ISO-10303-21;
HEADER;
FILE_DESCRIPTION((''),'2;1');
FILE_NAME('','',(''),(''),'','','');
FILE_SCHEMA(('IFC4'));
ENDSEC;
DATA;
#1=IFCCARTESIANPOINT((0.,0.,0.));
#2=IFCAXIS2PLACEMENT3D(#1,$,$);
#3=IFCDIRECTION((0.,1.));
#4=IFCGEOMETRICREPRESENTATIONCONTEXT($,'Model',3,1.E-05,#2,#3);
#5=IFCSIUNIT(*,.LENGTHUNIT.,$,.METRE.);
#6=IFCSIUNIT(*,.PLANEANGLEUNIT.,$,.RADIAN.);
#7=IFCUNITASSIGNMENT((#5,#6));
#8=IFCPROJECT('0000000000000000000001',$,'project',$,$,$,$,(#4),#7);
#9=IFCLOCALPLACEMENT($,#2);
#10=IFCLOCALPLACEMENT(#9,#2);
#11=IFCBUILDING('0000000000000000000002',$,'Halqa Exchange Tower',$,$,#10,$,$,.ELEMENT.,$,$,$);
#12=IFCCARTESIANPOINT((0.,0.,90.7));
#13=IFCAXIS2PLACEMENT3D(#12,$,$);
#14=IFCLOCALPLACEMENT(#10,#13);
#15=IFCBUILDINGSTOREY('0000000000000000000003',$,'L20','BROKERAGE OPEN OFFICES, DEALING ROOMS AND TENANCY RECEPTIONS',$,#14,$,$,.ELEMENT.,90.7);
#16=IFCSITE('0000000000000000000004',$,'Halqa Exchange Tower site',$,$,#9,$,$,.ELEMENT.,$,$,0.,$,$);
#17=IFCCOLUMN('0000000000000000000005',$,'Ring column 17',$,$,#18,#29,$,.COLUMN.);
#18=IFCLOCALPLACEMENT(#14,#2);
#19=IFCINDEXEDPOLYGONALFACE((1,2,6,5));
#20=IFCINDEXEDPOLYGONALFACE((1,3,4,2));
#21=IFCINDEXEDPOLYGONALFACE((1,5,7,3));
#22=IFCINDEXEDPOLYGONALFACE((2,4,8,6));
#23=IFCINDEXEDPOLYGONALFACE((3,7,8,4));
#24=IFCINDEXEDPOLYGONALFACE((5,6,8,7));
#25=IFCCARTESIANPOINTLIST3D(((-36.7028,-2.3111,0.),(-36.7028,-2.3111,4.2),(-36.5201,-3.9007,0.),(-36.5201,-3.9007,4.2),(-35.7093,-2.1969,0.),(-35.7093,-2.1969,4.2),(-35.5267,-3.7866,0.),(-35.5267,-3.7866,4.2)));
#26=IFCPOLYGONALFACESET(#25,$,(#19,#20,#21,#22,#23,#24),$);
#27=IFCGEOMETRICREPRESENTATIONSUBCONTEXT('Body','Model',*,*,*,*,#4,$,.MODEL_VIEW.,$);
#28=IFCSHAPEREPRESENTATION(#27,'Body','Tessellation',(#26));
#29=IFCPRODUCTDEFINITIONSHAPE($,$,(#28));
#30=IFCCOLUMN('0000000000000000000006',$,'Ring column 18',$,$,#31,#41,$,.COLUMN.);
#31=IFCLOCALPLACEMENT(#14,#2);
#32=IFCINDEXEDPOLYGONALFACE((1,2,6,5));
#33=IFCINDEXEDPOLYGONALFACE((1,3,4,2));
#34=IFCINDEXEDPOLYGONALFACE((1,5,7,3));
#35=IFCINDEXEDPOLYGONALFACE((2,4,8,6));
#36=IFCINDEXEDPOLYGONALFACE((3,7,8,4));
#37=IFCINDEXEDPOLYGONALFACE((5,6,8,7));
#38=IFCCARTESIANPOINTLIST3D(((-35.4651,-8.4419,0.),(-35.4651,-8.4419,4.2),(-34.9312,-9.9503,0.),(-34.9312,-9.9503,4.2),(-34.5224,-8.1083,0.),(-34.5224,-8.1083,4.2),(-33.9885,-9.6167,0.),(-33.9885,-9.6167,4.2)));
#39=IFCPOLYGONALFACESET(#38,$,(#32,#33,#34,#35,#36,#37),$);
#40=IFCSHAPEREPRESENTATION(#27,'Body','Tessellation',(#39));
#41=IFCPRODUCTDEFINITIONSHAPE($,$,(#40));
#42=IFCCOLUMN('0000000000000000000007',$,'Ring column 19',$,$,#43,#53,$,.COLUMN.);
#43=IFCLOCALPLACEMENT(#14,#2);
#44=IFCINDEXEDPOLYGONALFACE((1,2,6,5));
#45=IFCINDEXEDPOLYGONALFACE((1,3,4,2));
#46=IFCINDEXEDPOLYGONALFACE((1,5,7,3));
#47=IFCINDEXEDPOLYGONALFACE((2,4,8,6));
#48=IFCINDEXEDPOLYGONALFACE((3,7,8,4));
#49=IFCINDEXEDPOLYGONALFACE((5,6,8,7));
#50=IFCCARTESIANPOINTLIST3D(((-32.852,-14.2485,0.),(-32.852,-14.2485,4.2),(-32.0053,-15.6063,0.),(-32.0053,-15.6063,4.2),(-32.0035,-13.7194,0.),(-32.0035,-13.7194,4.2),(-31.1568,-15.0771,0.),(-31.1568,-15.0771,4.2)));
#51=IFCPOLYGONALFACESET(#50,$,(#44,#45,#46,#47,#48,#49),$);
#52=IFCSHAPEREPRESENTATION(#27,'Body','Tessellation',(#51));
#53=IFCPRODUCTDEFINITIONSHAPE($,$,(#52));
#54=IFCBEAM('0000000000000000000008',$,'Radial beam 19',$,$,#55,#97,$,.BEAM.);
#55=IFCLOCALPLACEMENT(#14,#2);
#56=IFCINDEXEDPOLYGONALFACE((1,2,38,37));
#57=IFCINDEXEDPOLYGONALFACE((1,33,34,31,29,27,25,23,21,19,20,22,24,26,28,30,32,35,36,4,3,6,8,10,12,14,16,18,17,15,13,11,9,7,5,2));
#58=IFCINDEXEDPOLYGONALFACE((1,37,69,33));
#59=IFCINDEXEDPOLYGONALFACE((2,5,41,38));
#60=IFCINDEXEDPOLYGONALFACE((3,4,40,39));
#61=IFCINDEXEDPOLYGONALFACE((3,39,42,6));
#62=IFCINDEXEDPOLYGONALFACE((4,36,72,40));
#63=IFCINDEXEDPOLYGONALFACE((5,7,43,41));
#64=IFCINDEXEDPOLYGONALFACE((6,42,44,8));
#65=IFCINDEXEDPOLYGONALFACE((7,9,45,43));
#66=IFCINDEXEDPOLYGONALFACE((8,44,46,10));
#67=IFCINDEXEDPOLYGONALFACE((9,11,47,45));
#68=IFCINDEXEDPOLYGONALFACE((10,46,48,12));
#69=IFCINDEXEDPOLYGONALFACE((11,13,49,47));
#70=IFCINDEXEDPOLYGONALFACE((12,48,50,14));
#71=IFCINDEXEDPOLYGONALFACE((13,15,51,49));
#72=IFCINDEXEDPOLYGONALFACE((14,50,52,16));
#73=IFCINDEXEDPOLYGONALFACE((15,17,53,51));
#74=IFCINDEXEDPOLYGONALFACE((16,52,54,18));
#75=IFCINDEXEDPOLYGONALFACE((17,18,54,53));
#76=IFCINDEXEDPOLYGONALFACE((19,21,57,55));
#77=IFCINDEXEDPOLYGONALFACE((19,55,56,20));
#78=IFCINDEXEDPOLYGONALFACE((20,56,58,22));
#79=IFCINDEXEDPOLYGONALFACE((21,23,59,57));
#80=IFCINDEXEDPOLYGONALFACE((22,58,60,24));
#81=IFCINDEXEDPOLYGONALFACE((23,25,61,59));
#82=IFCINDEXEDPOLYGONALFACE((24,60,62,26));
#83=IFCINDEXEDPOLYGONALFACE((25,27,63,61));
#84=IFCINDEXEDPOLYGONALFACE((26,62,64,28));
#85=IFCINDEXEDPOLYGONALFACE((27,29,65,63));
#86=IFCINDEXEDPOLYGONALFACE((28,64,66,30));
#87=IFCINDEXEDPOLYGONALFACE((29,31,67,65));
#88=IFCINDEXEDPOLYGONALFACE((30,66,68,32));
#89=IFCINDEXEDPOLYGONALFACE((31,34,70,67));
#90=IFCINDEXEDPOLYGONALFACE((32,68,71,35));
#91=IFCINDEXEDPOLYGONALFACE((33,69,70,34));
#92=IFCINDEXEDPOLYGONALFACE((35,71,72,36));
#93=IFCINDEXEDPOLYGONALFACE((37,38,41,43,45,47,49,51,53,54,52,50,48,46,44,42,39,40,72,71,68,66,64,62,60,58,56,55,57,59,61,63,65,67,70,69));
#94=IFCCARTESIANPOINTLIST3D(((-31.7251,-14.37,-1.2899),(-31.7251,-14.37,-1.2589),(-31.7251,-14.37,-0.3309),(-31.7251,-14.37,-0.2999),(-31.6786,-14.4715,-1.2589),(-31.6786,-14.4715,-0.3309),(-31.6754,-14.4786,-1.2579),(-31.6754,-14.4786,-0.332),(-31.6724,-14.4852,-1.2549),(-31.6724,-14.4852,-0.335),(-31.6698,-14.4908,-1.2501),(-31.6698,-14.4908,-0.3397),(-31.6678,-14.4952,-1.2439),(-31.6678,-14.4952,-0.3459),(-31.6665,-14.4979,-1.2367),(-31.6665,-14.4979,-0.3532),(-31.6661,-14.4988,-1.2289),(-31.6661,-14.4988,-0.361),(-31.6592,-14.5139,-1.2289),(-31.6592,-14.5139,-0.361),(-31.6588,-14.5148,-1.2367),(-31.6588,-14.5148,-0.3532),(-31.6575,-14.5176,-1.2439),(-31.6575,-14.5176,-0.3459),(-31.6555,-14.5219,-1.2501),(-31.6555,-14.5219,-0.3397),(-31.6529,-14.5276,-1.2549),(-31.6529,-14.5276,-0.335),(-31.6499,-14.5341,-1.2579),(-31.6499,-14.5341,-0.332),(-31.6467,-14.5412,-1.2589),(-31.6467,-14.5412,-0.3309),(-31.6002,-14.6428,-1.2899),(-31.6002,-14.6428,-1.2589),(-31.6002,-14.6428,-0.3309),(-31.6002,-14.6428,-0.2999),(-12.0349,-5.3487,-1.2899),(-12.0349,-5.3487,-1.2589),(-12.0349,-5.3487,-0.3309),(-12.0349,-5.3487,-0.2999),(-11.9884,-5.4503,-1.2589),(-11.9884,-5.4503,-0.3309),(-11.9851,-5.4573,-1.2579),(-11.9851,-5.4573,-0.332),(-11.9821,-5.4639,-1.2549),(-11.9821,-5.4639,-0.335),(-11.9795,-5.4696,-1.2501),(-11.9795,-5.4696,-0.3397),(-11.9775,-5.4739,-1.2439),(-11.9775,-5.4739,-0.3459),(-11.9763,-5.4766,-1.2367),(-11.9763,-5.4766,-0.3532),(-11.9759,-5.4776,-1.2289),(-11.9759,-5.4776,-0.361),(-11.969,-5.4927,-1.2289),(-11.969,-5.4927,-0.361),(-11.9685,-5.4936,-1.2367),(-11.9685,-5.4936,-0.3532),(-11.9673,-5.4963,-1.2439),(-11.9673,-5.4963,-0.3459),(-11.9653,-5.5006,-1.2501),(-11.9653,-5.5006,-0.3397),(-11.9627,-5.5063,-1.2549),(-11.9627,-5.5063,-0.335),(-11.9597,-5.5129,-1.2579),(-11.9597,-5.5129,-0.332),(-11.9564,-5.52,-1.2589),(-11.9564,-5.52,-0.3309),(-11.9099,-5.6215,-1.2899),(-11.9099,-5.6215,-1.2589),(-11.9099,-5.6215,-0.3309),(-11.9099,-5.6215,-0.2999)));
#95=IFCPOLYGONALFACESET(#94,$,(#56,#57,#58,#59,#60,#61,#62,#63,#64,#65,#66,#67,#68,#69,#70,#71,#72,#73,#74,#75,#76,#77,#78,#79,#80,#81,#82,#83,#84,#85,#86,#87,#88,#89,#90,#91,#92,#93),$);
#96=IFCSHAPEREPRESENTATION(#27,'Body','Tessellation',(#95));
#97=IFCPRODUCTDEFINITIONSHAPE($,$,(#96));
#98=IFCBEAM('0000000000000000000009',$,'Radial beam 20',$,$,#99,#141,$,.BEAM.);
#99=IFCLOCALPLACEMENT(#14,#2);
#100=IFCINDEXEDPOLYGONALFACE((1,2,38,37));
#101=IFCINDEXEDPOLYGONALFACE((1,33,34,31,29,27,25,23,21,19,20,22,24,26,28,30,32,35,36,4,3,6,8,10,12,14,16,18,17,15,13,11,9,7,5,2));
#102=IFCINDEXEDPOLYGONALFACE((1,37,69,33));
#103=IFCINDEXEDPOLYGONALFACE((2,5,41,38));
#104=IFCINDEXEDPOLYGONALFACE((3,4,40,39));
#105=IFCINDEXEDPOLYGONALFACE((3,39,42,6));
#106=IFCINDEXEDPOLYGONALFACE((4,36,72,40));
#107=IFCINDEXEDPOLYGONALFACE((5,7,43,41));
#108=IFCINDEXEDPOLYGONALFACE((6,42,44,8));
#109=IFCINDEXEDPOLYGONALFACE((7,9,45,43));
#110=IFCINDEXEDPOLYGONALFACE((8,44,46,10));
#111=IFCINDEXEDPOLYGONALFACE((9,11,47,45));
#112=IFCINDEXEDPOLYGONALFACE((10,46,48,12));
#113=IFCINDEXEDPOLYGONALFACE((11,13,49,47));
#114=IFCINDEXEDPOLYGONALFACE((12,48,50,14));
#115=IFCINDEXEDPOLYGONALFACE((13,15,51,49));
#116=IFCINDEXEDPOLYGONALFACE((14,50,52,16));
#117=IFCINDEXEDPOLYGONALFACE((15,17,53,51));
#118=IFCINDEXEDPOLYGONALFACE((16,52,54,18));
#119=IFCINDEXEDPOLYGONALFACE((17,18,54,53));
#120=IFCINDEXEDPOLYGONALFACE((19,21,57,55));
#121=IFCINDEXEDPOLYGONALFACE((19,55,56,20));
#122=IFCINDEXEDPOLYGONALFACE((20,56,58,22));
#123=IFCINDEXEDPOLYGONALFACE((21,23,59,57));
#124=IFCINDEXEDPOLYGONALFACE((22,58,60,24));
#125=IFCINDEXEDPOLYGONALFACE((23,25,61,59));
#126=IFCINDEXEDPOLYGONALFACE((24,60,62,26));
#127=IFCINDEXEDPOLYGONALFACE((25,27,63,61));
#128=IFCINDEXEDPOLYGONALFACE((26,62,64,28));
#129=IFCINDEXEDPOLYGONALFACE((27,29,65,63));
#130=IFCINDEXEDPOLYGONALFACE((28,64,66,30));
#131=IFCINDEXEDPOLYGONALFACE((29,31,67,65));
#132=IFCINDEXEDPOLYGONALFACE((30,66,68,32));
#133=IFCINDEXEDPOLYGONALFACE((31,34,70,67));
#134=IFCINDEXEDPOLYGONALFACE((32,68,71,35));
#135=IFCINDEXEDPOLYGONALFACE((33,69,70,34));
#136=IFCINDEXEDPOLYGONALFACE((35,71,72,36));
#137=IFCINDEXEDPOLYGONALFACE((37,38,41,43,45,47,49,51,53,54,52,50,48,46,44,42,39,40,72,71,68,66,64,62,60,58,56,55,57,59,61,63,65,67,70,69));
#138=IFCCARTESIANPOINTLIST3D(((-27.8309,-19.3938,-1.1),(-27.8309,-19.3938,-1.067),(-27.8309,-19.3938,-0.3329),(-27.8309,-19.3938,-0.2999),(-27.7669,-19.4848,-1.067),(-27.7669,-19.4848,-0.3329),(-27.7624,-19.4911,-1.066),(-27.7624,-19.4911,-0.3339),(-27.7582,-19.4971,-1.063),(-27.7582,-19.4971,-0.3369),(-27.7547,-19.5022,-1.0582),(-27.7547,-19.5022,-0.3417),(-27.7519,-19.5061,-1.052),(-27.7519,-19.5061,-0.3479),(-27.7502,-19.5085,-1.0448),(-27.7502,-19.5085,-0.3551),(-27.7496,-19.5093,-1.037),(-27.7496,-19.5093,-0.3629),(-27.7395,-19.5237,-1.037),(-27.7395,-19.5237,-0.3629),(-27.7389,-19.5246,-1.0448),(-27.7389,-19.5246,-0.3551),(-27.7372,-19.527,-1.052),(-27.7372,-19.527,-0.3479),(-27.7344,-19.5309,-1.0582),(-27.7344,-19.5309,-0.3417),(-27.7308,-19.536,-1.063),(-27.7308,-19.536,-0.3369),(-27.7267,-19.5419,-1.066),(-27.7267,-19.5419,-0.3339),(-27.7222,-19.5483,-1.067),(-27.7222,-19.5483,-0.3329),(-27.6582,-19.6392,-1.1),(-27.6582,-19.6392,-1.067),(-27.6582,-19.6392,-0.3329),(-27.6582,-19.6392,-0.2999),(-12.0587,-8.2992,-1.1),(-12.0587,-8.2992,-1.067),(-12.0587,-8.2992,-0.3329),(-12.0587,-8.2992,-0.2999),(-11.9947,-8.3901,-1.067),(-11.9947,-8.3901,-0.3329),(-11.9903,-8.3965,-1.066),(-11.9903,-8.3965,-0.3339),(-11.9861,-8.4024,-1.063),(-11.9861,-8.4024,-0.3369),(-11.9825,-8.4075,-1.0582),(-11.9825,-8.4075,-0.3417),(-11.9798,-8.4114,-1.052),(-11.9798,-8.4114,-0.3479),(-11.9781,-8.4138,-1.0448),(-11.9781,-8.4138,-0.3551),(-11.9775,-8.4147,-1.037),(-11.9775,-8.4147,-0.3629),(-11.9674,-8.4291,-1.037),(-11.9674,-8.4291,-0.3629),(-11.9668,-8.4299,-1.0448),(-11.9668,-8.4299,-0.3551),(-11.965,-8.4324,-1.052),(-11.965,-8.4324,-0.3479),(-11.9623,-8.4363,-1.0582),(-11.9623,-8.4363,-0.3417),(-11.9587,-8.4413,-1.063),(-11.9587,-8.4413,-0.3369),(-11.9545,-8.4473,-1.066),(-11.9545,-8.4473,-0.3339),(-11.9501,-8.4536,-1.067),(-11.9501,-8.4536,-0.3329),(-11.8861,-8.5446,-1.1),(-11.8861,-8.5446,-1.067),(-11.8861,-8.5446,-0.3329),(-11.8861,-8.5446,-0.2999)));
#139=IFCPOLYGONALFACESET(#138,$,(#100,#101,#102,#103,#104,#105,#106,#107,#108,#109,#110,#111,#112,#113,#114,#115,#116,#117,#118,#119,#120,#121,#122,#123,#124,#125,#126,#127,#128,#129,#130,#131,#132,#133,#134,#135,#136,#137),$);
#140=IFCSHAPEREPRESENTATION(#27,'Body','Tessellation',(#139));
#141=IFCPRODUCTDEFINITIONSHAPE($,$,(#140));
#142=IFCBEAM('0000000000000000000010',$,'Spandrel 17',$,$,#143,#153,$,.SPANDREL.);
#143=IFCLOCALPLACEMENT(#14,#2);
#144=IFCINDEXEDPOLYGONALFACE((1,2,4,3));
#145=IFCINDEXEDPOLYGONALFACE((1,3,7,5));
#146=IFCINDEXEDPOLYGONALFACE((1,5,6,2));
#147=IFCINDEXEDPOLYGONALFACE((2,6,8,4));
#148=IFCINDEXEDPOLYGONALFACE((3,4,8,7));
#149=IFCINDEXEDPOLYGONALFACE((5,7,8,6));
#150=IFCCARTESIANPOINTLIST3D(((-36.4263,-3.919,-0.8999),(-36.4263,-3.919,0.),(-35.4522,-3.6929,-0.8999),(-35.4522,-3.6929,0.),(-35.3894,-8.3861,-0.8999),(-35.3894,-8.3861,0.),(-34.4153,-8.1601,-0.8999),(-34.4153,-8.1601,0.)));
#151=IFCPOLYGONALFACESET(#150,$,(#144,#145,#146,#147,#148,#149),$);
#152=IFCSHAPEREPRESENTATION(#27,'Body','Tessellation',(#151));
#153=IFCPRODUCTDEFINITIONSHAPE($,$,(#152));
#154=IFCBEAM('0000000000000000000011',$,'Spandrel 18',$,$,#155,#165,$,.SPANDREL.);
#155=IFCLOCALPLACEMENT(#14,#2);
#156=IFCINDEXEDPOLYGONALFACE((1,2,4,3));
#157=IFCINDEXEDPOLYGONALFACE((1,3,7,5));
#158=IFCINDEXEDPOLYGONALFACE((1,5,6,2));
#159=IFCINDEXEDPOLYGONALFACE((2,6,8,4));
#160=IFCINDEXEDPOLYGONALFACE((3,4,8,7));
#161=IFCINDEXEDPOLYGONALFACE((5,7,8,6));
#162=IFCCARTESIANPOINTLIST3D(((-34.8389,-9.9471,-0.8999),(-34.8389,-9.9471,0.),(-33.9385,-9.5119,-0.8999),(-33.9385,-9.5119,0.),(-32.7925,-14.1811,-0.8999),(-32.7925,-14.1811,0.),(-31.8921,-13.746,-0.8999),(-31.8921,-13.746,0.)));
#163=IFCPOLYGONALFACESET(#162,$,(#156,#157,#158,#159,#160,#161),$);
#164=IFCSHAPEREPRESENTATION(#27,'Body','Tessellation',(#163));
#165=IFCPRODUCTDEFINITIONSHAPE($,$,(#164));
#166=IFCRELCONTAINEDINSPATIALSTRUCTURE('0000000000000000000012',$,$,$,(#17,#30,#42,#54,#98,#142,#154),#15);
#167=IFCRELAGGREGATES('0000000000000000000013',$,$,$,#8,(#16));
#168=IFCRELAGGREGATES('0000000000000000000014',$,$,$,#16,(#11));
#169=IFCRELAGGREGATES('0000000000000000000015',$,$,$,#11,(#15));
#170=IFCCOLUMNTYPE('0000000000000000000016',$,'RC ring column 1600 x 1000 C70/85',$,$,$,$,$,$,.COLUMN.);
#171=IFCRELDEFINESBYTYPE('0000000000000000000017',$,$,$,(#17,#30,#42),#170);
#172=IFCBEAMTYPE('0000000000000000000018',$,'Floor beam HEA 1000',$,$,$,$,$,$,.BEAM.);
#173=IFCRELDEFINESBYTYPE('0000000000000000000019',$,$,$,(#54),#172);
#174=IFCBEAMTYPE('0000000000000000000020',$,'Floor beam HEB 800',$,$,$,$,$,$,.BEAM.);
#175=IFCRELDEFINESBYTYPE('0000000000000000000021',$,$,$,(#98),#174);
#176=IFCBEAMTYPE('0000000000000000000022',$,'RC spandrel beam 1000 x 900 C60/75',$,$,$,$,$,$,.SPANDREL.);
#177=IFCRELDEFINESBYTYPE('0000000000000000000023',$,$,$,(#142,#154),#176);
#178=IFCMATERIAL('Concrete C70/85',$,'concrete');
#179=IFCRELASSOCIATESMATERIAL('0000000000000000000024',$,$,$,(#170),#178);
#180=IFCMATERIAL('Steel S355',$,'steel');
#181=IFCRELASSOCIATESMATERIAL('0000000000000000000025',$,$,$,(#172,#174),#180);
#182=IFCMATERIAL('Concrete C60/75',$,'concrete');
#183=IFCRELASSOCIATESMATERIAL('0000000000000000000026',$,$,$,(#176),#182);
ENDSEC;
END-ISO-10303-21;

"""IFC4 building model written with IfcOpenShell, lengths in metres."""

from ifc_helpers import new_model, si_unit, direction, frame, origin, origin_2d, place, context, subcontext, project, spatial, rectangle, i_section, extrude, material, material_profile, profile_set, type_object, element, save


model = new_model("IFC4")

# Units and contexts
model_context = context("Model", 3, precision=1e-05, world=origin(), true_north=direction((0.0, 1.0)))
body_context = subcontext(model_context, "Body", "Model", "MODEL_VIEW")
ifc_project = project(units=[si_unit("LENGTHUNIT", "METRE"), si_unit("PLANEANGLEUNIT", "RADIAN")], contexts=[model_context])

# Site, building, storey
site_placement = place(None, origin())
site = spatial("IfcSite", under=ifc_project, at=site_placement, Name="Halqa Exchange Tower site", CompositionType="ELEMENT", RefElevation=0.0)
building_placement = place(site_placement, origin())
building = spatial("IfcBuilding", under=site, at=building_placement, Name="Halqa Exchange Tower", CompositionType="ELEMENT")
storey_placement = place(building_placement, frame((0.0, 0.0, 90.7)))
storey = spatial("IfcBuildingStorey", under=building, at=storey_placement, Name="L20", Description="BROKERAGE OPEN OFFICES, DEALING ROOMS AND TENANCY RECEPTIONS", CompositionType="ELEMENT", Elevation=90.7)

# Columns
ifc_material_1 = material(Name="Concrete C70/85", Category="concrete")
ifc_material_profile_1 = material_profile(ifc_material_1, rectangle(XDim=1.6001, YDim=1.0, at=origin_2d()), Name="1600 x 1000")
ifc_profile_set_1 = profile_set([ifc_material_profile_1], Name="Concrete C70/85")
column_type = type_object("IfcColumnType", Name="RC ring column 1600 x 1000 C70/85", PredefinedType="COLUMN", material=ifc_profile_set_1)
for number, where, z_axis, x_axis, name in (
    (1, (-36.1147, -3.0488, 0.0), (0.0, 0.0, 1.0), (0.114157, -0.993463, 0.0), "Ring column 17"),
    (2, (-34.7268, -9.0293, 0.0), (0.0, 0.0, 1.0), (0.333631, -0.942704, 0.0), "Ring column 18"),
    (3, (-32.0044, -14.6628, 0.0), (0.0, 0.0, 1.0), (0.52914, -0.848534, 0.0), "Ring column 19"),
):
    element("IfcColumn", number, at=place(storey_placement, frame(where, z_axis=z_axis, x_axis=x_axis)), inside=storey, type_object=column_type, Name=name, PredefinedType="COLUMN", context=body_context, shape_type="SweptSolid", body=[
        extrude(rectangle(XDim=1.6001, YDim=1.0, at=origin_2d()), origin(), (0.0, 0.0, 1.0), 4.2),
    ])

# Beams
ifc_material_2 = material(Name="Steel S355", Category="steel")
ifc_material_profile_2 = material_profile(ifc_material_2, i_section(OverallWidth=0.3, OverallDepth=0.99, WebThickness=0.0166, FlangeThickness=0.031, FilletRadius=0.03, at=origin_2d()), Name="HEA 1000")
ifc_profile_set_2 = profile_set([ifc_material_profile_2], Name="Steel S355")
beam_type_1 = type_object("IfcBeamType", Name="Floor beam HEA 1000", PredefinedType="BEAM", material=ifc_profile_set_2)
beam_1_placement = place(storey_placement, frame((-11.9724, -5.4851, -0.7949), z_axis=(-0.909125, -0.416524, 0.0), x_axis=(0.416524, -0.909125, 0.0)))
element("IfcBeam", 4, at=beam_1_placement, inside=storey, type_object=beam_type_1, Name="Radial beam 19", PredefinedType="BEAM", context=body_context, shape_type="SweptSolid", body=[
    extrude(i_section(OverallWidth=0.3, OverallDepth=0.99, WebThickness=0.0166, FlangeThickness=0.031, FilletRadius=0.03, at=origin_2d()), origin(), (0.0, 0.0, 1.0), 21.6584),
])
ifc_material_profile_3 = material_profile(ifc_material_2, i_section(OverallWidth=0.3, OverallDepth=0.8, WebThickness=0.0176, FlangeThickness=0.033, FilletRadius=0.03, at=origin_2d()), Name="HEB 800")
ifc_profile_set_3 = profile_set([ifc_material_profile_3], Name="Steel S355")
beam_type_2 = type_object("IfcBeamType", Name="Floor beam HEB 800", PredefinedType="BEAM", material=ifc_profile_set_3)
beam_2_placement = place(storey_placement, frame((-11.9724, -8.4219, -0.7), z_axis=(-0.81791, -0.575346, 0.0), x_axis=(0.575346, -0.81791, 0.0)))
element("IfcBeam", 5, at=beam_2_placement, inside=storey, type_object=beam_type_2, Name="Radial beam 20", PredefinedType="BEAM", context=body_context, shape_type="SweptSolid", body=[
    extrude(i_section(OverallWidth=0.3, OverallDepth=0.8, WebThickness=0.0176, FlangeThickness=0.033, FilletRadius=0.03, at=origin_2d()), origin(), (0.0, 0.0, 1.0), 19.2834),
])
ifc_material_3 = material(Name="Concrete C60/75", Category="concrete")
ifc_material_profile_4 = material_profile(ifc_material_3, rectangle(XDim=1.0, YDim=0.8999, at=origin_2d()), Name="1000 x 900")
ifc_profile_set_4 = profile_set([ifc_material_profile_4], Name="Concrete C60/75")
beam_type_3 = type_object("IfcBeamType", Name="RC spandrel beam 1000 x 900 C60/75", PredefinedType="SPANDREL", material=ifc_profile_set_4)
beam_3_placement = place(storey_placement, frame((-35.9392, -3.8059, -0.45), z_axis=(0.226092, -0.974106, 0.0), x_axis=(0.974106, 0.226092, 0.0)))
element("IfcBeam", 6, at=beam_3_placement, inside=storey, type_object=beam_type_3, Name="Spandrel 17", PredefinedType="SPANDREL", context=body_context, shape_type="SweptSolid", body=[
    extrude(rectangle(XDim=1.0, YDim=0.8999, at=origin_2d()), origin(), (0.0, 0.0, 1.0), 4.5859),
])
beam_4_placement = place(storey_placement, frame((-34.3887, -9.7295, -0.45), z_axis=(0.43515, -0.900358, 0.0), x_axis=(0.900358, 0.43515, 0.0)))
element("IfcBeam", 7, at=beam_4_placement, inside=storey, type_object=beam_type_3, Name="Spandrel 18", PredefinedType="SPANDREL", context=body_context, shape_type="SweptSolid", body=[
    extrude(rectangle(XDim=1.0, YDim=0.8999, at=origin_2d()), origin(), (0.0, 0.0, 1.0), 4.7026),
])

save(model, "model.ifc")
